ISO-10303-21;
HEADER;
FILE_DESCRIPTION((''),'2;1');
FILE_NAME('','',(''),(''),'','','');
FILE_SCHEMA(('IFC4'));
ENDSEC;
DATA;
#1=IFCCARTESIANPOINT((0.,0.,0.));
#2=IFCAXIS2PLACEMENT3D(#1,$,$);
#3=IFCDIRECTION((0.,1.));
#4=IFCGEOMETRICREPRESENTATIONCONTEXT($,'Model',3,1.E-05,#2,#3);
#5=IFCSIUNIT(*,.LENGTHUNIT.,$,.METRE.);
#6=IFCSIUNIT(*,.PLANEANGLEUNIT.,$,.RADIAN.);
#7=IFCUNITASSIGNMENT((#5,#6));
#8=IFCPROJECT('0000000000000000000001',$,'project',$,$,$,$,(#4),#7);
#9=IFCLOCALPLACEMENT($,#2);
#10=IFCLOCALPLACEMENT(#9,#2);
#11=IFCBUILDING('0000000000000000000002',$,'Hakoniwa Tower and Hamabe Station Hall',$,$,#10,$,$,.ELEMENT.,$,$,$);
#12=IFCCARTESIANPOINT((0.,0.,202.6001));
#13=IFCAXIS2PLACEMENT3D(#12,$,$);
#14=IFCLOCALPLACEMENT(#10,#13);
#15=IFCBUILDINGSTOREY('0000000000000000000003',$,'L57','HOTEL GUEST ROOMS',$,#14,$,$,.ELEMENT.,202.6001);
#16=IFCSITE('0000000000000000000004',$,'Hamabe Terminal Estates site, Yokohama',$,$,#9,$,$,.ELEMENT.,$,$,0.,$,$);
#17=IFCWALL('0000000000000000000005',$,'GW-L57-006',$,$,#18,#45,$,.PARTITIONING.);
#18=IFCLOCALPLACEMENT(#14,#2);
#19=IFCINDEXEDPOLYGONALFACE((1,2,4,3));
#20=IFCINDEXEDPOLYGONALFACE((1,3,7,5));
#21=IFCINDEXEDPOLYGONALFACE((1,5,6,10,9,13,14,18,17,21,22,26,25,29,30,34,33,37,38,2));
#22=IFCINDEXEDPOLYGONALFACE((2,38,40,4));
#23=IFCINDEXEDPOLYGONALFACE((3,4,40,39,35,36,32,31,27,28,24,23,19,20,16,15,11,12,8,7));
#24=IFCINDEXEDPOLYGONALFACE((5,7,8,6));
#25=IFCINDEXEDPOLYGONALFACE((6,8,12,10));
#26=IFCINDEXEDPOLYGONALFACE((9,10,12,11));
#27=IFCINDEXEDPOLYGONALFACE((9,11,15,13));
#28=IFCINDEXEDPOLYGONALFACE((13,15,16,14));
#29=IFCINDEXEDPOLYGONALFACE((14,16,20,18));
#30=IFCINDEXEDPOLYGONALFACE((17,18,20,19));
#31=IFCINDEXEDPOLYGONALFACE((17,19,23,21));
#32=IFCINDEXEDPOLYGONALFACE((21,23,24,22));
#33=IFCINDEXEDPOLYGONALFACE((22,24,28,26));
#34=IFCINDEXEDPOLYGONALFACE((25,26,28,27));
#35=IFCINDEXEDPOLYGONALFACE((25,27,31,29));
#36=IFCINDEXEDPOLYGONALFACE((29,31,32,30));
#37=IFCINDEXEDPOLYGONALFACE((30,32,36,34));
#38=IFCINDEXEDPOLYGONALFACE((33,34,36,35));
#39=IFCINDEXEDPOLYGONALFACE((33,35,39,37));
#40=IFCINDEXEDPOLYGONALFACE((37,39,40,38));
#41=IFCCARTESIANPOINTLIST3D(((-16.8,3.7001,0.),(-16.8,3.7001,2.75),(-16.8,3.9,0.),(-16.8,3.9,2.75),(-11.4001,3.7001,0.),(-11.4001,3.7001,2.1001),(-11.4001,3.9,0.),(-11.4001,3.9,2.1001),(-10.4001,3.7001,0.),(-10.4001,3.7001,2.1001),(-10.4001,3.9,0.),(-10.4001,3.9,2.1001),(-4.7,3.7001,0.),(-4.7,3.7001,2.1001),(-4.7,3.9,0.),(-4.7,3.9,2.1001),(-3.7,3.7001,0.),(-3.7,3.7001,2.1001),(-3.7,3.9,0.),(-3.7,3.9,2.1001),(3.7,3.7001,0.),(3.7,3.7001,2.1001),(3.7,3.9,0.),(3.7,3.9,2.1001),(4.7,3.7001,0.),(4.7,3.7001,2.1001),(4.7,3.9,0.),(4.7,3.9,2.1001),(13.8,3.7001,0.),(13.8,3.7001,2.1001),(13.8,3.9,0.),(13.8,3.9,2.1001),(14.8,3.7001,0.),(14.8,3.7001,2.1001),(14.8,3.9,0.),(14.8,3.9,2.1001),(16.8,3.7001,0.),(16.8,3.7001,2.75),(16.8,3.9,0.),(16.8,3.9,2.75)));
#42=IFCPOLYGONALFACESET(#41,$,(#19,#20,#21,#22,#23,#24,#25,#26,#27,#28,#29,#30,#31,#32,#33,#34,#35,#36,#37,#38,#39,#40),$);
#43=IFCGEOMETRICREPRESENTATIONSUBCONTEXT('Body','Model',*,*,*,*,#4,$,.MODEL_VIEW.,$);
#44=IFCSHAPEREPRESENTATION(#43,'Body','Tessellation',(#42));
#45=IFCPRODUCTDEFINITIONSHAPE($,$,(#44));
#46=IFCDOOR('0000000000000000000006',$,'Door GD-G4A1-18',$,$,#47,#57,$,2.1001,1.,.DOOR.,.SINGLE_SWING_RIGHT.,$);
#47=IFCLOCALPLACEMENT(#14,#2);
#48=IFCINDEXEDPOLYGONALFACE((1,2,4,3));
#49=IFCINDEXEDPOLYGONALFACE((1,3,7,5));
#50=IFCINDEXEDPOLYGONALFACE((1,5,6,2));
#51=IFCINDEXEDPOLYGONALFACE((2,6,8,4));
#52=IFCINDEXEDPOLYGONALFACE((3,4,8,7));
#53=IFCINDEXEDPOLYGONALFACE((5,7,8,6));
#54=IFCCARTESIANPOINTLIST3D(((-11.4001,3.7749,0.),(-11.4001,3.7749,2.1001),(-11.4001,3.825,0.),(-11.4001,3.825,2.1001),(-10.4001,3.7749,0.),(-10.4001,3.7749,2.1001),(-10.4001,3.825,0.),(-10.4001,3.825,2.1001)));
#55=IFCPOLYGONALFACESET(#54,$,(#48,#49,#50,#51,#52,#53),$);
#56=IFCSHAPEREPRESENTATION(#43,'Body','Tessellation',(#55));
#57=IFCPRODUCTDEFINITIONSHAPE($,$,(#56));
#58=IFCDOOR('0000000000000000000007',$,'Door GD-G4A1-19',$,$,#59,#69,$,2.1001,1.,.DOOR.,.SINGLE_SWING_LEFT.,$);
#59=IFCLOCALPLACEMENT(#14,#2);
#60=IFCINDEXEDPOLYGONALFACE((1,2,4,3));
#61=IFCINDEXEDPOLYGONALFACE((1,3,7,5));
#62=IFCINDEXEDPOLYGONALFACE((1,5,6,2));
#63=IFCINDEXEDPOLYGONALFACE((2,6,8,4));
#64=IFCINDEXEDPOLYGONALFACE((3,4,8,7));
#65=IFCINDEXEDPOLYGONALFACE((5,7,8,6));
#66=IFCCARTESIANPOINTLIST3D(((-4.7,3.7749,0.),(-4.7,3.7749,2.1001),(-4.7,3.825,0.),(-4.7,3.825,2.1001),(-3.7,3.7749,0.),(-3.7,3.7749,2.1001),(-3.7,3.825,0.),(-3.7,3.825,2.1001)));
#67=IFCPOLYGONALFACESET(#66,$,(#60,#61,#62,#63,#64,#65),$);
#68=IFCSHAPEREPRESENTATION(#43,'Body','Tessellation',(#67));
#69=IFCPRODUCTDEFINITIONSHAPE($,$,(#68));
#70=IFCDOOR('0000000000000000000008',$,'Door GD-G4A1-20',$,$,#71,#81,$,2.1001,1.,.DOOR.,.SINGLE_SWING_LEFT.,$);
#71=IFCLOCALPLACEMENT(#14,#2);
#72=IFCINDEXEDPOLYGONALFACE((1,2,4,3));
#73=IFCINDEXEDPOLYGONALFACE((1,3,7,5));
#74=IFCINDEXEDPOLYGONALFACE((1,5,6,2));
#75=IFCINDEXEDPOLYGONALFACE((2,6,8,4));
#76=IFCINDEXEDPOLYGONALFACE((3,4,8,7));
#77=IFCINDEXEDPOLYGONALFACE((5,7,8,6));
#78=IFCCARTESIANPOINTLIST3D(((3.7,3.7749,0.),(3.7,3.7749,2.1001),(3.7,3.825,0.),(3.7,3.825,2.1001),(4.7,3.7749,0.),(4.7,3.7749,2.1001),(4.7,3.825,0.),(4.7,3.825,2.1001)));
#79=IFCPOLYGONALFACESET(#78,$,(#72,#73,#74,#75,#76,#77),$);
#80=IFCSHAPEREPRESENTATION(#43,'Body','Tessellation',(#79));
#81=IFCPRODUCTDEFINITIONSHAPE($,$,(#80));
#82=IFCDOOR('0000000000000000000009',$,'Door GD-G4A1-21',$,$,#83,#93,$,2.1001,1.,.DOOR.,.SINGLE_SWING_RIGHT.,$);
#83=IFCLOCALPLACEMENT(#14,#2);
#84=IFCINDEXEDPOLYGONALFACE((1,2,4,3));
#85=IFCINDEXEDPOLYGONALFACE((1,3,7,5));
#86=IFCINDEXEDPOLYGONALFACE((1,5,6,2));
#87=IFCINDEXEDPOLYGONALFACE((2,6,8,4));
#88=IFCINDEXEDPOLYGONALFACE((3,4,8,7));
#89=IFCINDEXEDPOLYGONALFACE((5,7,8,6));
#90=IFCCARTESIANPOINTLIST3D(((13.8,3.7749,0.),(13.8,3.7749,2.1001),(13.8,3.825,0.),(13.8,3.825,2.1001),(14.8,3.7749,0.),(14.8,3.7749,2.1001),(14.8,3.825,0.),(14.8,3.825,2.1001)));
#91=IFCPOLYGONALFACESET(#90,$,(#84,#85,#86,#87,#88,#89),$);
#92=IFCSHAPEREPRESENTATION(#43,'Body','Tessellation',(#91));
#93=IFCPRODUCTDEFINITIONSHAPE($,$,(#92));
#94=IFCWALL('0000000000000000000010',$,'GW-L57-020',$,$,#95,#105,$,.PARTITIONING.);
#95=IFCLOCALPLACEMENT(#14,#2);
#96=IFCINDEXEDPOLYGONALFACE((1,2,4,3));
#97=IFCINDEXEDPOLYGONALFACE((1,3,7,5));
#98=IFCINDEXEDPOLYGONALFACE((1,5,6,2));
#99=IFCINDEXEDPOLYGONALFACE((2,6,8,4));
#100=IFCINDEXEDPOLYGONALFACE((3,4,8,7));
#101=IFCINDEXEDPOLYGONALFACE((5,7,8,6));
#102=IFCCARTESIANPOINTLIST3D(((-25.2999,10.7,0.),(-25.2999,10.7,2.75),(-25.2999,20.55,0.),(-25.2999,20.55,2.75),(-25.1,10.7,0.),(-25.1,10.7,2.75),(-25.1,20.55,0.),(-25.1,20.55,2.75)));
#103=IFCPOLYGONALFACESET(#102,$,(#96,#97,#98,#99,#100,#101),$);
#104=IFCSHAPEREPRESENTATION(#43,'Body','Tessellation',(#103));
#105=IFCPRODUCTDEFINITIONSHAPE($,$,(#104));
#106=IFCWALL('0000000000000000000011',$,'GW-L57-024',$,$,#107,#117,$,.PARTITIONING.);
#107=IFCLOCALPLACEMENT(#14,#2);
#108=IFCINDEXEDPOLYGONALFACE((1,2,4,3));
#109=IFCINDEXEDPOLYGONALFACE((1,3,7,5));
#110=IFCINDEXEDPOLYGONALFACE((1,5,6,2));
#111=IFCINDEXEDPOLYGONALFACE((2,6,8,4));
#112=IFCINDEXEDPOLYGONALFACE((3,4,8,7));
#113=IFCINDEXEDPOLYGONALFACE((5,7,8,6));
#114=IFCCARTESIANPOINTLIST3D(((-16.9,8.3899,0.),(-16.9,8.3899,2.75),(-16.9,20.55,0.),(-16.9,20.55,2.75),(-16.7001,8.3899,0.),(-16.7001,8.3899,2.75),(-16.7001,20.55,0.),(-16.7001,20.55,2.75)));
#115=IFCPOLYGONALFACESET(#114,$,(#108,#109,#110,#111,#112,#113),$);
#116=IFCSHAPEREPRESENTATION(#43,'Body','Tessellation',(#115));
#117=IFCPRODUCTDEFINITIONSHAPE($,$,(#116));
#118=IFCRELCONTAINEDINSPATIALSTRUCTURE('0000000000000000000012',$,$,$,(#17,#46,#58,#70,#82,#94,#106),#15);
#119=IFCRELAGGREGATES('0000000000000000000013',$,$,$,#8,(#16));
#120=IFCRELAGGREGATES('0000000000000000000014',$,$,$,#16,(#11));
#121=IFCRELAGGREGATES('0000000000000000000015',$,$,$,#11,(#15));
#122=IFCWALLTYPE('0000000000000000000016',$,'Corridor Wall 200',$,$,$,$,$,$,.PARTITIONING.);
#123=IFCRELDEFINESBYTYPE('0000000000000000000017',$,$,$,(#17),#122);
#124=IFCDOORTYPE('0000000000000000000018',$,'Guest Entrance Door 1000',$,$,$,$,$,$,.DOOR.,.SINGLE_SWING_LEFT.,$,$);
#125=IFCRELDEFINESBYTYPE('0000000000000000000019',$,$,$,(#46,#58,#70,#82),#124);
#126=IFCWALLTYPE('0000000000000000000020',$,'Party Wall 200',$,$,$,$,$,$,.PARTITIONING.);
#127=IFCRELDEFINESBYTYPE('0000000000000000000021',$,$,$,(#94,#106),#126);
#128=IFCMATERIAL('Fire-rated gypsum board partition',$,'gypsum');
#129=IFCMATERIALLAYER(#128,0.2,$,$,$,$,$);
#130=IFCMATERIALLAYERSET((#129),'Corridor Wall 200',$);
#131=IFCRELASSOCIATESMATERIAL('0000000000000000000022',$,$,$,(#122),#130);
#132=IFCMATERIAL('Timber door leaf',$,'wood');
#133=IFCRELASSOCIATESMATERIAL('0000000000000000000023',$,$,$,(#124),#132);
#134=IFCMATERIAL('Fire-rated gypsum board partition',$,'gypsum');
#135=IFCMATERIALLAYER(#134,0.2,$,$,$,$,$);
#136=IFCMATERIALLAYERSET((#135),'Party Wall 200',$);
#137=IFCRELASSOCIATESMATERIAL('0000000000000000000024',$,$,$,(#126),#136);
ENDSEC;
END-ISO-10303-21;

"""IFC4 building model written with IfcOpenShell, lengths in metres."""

from ifc_helpers import new_model, si_unit, direction, frame, frame_2d, origin, place, context, subcontext, project, spatial, rectangle, extrude, material, layer, layer_set, type_object, element, fill, save


model = new_model("IFC4")

# Units and contexts
model_context = context("Model", 3, precision=1e-05, world=origin(), true_north=direction((0.0, 1.0)))
body_context = subcontext(model_context, "Body", "Model", "MODEL_VIEW")
ifc_project = project(units=[si_unit("LENGTHUNIT", "METRE"), si_unit("PLANEANGLEUNIT", "RADIAN")], contexts=[model_context])

# Site, building, storey
site_placement = place(None, origin())
site = spatial("IfcSite", under=ifc_project, at=site_placement, Name="Hamabe Terminal Estates site, Yokohama", CompositionType="ELEMENT", RefElevation=0.0)
building_placement = place(site_placement, origin())
building = spatial("IfcBuilding", under=site, at=building_placement, Name="Hakoniwa Tower and Hamabe Station Hall", CompositionType="ELEMENT")
storey_placement = place(building_placement, frame((0.0, 0.0, 202.6001)))
storey = spatial("IfcBuildingStorey", under=building, at=storey_placement, Name="L57", Description="HOTEL GUEST ROOMS", CompositionType="ELEMENT", Elevation=202.6001)

# Wall, openings, doors
ifc_material_1 = material(Name="Fire-rated gypsum board partition", Category="gypsum")
ifc_layer_1 = layer(ifc_material_1, 0.2)
ifc_layer_set_1 = layer_set([ifc_layer_1], Name="Corridor Wall 200")
wall_type_1 = type_object("IfcWallType", Name="Corridor Wall 200", PredefinedType="PARTITIONING", material=ifc_layer_set_1)
ifc_material_2 = material(Name="Timber door leaf", Category="wood")
door_type_1 = type_object("IfcDoorType", Name="Guest Entrance Door 1000", OperationType="SINGLE_SWING_LEFT", PredefinedType="DOOR", material=ifc_material_2)
wall_1_placement = place(storey_placement, frame((-16.8, 3.8, 0.0), z_axis=(0.0, 0.0, 1.0), x_axis=(1.0, 0.0, 0.0)))
wall_1 = element("IfcWall", 1, at=wall_1_placement, inside=storey, type_object=wall_type_1, Name="GW-L57-006", PredefinedType="PARTITIONING", context=body_context, shape_type="SweptSolid", body=[
    extrude(rectangle(XDim=33.6001, YDim=0.2, at=frame_2d((16.8, 0.0))), origin(), (0.0, 0.0, 1.0), 2.75),
])
opening_1_placement = place(wall_1_placement, frame((5.3999, 0.0, 0.0)))
opening_1 = element("IfcOpeningElement", 2, at=opening_1_placement, cuts=wall_1, PredefinedType="OPENING", context=body_context, shape_type="SweptSolid", body=[
    extrude(rectangle(XDim=1.0, YDim=2.1001, at=frame_2d((0.5, 1.05))), frame((0.0, 0.1099, 0.0), z_axis=(0.0, -1.0, 0.0), x_axis=(1.0, 0.0, 0.0)), (0.0, 0.0, 1.0), 0.22),
])
opening_2_placement = place(wall_1_placement, frame((12.1001, 0.0, 0.0)))
opening_2 = element("IfcOpeningElement", 3, at=opening_2_placement, cuts=wall_1, PredefinedType="OPENING", context=body_context, shape_type="SweptSolid", body=[
    extrude(rectangle(XDim=1.0, YDim=2.1001, at=frame_2d((0.5, 1.05))), frame((0.0, 0.1099, 0.0), z_axis=(0.0, -1.0, 0.0), x_axis=(1.0, 0.0, 0.0)), (0.0, 0.0, 1.0), 0.22),
])
opening_3_placement = place(wall_1_placement, frame((20.5, 0.0, 0.0)))
opening_3 = element("IfcOpeningElement", 4, at=opening_3_placement, cuts=wall_1, PredefinedType="OPENING", context=body_context, shape_type="SweptSolid", body=[
    extrude(rectangle(XDim=1.0, YDim=2.1001, at=frame_2d((0.5, 1.05))), frame((0.0, 0.1099, 0.0), z_axis=(0.0, -1.0, 0.0), x_axis=(1.0, 0.0, 0.0)), (0.0, 0.0, 1.0), 0.22),
])
opening_4_placement = place(wall_1_placement, frame((30.6001, 0.0, 0.0)))
opening_4 = element("IfcOpeningElement", 5, at=opening_4_placement, cuts=wall_1, PredefinedType="OPENING", context=body_context, shape_type="SweptSolid", body=[
    extrude(rectangle(XDim=1.0, YDim=2.1001, at=frame_2d((0.5, 1.05))), frame((0.0, 0.1099, 0.0), z_axis=(0.0, -1.0, 0.0), x_axis=(1.0, 0.0, 0.0)), (0.0, 0.0, 1.0), 0.22),
])
door_1_placement = place(opening_1_placement, origin())
door_1 = element("IfcDoor", 6, at=door_1_placement, inside=storey, type_object=door_type_1, Name="Door GD-G4A1-18", OperationType="SINGLE_SWING_RIGHT", OverallHeight=2.1001, OverallWidth=1.0, PredefinedType="DOOR", context=body_context, shape_type="SweptSolid", body=[
    extrude(rectangle(XDim=1.0, YDim=2.1001, at=frame_2d((0.5, 1.05))), frame((0.0, 0.0249, 0.0), z_axis=(0.0, -1.0, 0.0), x_axis=(1.0, 0.0, 0.0)), (0.0, 0.0, 1.0), 0.05),
])
fill(opening_1, door_1)
door_2_placement = place(opening_2_placement, origin())
door_2 = element("IfcDoor", 7, at=door_2_placement, inside=storey, type_object=door_type_1, Name="Door GD-G4A1-19", OperationType="SINGLE_SWING_LEFT", OverallHeight=2.1001, OverallWidth=1.0, PredefinedType="DOOR", context=body_context, shape_type="SweptSolid", body=[
    extrude(rectangle(XDim=1.0, YDim=2.1001, at=frame_2d((0.5, 1.05))), frame((0.0, 0.0249, 0.0), z_axis=(0.0, -1.0, 0.0), x_axis=(1.0, 0.0, 0.0)), (0.0, 0.0, 1.0), 0.05),
])
fill(opening_2, door_2)
door_3_placement = place(opening_3_placement, origin())
door_3 = element("IfcDoor", 8, at=door_3_placement, inside=storey, type_object=door_type_1, Name="Door GD-G4A1-20", OperationType="SINGLE_SWING_LEFT", OverallHeight=2.1001, OverallWidth=1.0, PredefinedType="DOOR", context=body_context, shape_type="SweptSolid", body=[
    extrude(rectangle(XDim=1.0, YDim=2.1001, at=frame_2d((0.5, 1.05))), frame((0.0, 0.0249, 0.0), z_axis=(0.0, -1.0, 0.0), x_axis=(1.0, 0.0, 0.0)), (0.0, 0.0, 1.0), 0.05),
])
fill(opening_3, door_3)
door_4_placement = place(opening_4_placement, origin())
door_4 = element("IfcDoor", 9, at=door_4_placement, inside=storey, type_object=door_type_1, Name="Door GD-G4A1-21", OperationType="SINGLE_SWING_RIGHT", OverallHeight=2.1001, OverallWidth=1.0, PredefinedType="DOOR", context=body_context, shape_type="SweptSolid", body=[
    extrude(rectangle(XDim=1.0, YDim=2.1001, at=frame_2d((0.5, 1.05))), frame((0.0, 0.0249, 0.0), z_axis=(0.0, -1.0, 0.0), x_axis=(1.0, 0.0, 0.0)), (0.0, 0.0, 1.0), 0.05),
])
fill(opening_4, door_4)

# Walls
ifc_material_3 = material(Name="Fire-rated gypsum board partition", Category="gypsum")
ifc_layer_2 = layer(ifc_material_3, 0.2)
ifc_layer_set_2 = layer_set([ifc_layer_2], Name="Party Wall 200")
wall_type_2 = type_object("IfcWallType", Name="Party Wall 200", PredefinedType="PARTITIONING", material=ifc_layer_set_2)
wall_2_placement = place(storey_placement, frame((-25.2, 10.7, 0.0), z_axis=(0.0, 0.0, 1.0), x_axis=(0.0, 1.0, 0.0)))
element("IfcWall", 10, at=wall_2_placement, inside=storey, type_object=wall_type_2, Name="GW-L57-020", PredefinedType="PARTITIONING", context=body_context, shape_type="SweptSolid", body=[
    extrude(rectangle(XDim=9.8501, YDim=0.2, at=frame_2d((4.925, 0.0))), origin(), (0.0, 0.0, 1.0), 2.75),
])
wall_3_placement = place(storey_placement, frame((-16.8, 8.3899, 0.0), z_axis=(0.0, 0.0, 1.0), x_axis=(0.0, 1.0, 0.0)))
element("IfcWall", 11, at=wall_3_placement, inside=storey, type_object=wall_type_2, Name="GW-L57-024", PredefinedType="PARTITIONING", context=body_context, shape_type="SweptSolid", body=[
    extrude(rectangle(XDim=12.1602, YDim=0.2, at=frame_2d((6.0801, 0.0))), origin(), (0.0, 0.0, 1.0), 2.75),
])

save(model, "model.ifc")
